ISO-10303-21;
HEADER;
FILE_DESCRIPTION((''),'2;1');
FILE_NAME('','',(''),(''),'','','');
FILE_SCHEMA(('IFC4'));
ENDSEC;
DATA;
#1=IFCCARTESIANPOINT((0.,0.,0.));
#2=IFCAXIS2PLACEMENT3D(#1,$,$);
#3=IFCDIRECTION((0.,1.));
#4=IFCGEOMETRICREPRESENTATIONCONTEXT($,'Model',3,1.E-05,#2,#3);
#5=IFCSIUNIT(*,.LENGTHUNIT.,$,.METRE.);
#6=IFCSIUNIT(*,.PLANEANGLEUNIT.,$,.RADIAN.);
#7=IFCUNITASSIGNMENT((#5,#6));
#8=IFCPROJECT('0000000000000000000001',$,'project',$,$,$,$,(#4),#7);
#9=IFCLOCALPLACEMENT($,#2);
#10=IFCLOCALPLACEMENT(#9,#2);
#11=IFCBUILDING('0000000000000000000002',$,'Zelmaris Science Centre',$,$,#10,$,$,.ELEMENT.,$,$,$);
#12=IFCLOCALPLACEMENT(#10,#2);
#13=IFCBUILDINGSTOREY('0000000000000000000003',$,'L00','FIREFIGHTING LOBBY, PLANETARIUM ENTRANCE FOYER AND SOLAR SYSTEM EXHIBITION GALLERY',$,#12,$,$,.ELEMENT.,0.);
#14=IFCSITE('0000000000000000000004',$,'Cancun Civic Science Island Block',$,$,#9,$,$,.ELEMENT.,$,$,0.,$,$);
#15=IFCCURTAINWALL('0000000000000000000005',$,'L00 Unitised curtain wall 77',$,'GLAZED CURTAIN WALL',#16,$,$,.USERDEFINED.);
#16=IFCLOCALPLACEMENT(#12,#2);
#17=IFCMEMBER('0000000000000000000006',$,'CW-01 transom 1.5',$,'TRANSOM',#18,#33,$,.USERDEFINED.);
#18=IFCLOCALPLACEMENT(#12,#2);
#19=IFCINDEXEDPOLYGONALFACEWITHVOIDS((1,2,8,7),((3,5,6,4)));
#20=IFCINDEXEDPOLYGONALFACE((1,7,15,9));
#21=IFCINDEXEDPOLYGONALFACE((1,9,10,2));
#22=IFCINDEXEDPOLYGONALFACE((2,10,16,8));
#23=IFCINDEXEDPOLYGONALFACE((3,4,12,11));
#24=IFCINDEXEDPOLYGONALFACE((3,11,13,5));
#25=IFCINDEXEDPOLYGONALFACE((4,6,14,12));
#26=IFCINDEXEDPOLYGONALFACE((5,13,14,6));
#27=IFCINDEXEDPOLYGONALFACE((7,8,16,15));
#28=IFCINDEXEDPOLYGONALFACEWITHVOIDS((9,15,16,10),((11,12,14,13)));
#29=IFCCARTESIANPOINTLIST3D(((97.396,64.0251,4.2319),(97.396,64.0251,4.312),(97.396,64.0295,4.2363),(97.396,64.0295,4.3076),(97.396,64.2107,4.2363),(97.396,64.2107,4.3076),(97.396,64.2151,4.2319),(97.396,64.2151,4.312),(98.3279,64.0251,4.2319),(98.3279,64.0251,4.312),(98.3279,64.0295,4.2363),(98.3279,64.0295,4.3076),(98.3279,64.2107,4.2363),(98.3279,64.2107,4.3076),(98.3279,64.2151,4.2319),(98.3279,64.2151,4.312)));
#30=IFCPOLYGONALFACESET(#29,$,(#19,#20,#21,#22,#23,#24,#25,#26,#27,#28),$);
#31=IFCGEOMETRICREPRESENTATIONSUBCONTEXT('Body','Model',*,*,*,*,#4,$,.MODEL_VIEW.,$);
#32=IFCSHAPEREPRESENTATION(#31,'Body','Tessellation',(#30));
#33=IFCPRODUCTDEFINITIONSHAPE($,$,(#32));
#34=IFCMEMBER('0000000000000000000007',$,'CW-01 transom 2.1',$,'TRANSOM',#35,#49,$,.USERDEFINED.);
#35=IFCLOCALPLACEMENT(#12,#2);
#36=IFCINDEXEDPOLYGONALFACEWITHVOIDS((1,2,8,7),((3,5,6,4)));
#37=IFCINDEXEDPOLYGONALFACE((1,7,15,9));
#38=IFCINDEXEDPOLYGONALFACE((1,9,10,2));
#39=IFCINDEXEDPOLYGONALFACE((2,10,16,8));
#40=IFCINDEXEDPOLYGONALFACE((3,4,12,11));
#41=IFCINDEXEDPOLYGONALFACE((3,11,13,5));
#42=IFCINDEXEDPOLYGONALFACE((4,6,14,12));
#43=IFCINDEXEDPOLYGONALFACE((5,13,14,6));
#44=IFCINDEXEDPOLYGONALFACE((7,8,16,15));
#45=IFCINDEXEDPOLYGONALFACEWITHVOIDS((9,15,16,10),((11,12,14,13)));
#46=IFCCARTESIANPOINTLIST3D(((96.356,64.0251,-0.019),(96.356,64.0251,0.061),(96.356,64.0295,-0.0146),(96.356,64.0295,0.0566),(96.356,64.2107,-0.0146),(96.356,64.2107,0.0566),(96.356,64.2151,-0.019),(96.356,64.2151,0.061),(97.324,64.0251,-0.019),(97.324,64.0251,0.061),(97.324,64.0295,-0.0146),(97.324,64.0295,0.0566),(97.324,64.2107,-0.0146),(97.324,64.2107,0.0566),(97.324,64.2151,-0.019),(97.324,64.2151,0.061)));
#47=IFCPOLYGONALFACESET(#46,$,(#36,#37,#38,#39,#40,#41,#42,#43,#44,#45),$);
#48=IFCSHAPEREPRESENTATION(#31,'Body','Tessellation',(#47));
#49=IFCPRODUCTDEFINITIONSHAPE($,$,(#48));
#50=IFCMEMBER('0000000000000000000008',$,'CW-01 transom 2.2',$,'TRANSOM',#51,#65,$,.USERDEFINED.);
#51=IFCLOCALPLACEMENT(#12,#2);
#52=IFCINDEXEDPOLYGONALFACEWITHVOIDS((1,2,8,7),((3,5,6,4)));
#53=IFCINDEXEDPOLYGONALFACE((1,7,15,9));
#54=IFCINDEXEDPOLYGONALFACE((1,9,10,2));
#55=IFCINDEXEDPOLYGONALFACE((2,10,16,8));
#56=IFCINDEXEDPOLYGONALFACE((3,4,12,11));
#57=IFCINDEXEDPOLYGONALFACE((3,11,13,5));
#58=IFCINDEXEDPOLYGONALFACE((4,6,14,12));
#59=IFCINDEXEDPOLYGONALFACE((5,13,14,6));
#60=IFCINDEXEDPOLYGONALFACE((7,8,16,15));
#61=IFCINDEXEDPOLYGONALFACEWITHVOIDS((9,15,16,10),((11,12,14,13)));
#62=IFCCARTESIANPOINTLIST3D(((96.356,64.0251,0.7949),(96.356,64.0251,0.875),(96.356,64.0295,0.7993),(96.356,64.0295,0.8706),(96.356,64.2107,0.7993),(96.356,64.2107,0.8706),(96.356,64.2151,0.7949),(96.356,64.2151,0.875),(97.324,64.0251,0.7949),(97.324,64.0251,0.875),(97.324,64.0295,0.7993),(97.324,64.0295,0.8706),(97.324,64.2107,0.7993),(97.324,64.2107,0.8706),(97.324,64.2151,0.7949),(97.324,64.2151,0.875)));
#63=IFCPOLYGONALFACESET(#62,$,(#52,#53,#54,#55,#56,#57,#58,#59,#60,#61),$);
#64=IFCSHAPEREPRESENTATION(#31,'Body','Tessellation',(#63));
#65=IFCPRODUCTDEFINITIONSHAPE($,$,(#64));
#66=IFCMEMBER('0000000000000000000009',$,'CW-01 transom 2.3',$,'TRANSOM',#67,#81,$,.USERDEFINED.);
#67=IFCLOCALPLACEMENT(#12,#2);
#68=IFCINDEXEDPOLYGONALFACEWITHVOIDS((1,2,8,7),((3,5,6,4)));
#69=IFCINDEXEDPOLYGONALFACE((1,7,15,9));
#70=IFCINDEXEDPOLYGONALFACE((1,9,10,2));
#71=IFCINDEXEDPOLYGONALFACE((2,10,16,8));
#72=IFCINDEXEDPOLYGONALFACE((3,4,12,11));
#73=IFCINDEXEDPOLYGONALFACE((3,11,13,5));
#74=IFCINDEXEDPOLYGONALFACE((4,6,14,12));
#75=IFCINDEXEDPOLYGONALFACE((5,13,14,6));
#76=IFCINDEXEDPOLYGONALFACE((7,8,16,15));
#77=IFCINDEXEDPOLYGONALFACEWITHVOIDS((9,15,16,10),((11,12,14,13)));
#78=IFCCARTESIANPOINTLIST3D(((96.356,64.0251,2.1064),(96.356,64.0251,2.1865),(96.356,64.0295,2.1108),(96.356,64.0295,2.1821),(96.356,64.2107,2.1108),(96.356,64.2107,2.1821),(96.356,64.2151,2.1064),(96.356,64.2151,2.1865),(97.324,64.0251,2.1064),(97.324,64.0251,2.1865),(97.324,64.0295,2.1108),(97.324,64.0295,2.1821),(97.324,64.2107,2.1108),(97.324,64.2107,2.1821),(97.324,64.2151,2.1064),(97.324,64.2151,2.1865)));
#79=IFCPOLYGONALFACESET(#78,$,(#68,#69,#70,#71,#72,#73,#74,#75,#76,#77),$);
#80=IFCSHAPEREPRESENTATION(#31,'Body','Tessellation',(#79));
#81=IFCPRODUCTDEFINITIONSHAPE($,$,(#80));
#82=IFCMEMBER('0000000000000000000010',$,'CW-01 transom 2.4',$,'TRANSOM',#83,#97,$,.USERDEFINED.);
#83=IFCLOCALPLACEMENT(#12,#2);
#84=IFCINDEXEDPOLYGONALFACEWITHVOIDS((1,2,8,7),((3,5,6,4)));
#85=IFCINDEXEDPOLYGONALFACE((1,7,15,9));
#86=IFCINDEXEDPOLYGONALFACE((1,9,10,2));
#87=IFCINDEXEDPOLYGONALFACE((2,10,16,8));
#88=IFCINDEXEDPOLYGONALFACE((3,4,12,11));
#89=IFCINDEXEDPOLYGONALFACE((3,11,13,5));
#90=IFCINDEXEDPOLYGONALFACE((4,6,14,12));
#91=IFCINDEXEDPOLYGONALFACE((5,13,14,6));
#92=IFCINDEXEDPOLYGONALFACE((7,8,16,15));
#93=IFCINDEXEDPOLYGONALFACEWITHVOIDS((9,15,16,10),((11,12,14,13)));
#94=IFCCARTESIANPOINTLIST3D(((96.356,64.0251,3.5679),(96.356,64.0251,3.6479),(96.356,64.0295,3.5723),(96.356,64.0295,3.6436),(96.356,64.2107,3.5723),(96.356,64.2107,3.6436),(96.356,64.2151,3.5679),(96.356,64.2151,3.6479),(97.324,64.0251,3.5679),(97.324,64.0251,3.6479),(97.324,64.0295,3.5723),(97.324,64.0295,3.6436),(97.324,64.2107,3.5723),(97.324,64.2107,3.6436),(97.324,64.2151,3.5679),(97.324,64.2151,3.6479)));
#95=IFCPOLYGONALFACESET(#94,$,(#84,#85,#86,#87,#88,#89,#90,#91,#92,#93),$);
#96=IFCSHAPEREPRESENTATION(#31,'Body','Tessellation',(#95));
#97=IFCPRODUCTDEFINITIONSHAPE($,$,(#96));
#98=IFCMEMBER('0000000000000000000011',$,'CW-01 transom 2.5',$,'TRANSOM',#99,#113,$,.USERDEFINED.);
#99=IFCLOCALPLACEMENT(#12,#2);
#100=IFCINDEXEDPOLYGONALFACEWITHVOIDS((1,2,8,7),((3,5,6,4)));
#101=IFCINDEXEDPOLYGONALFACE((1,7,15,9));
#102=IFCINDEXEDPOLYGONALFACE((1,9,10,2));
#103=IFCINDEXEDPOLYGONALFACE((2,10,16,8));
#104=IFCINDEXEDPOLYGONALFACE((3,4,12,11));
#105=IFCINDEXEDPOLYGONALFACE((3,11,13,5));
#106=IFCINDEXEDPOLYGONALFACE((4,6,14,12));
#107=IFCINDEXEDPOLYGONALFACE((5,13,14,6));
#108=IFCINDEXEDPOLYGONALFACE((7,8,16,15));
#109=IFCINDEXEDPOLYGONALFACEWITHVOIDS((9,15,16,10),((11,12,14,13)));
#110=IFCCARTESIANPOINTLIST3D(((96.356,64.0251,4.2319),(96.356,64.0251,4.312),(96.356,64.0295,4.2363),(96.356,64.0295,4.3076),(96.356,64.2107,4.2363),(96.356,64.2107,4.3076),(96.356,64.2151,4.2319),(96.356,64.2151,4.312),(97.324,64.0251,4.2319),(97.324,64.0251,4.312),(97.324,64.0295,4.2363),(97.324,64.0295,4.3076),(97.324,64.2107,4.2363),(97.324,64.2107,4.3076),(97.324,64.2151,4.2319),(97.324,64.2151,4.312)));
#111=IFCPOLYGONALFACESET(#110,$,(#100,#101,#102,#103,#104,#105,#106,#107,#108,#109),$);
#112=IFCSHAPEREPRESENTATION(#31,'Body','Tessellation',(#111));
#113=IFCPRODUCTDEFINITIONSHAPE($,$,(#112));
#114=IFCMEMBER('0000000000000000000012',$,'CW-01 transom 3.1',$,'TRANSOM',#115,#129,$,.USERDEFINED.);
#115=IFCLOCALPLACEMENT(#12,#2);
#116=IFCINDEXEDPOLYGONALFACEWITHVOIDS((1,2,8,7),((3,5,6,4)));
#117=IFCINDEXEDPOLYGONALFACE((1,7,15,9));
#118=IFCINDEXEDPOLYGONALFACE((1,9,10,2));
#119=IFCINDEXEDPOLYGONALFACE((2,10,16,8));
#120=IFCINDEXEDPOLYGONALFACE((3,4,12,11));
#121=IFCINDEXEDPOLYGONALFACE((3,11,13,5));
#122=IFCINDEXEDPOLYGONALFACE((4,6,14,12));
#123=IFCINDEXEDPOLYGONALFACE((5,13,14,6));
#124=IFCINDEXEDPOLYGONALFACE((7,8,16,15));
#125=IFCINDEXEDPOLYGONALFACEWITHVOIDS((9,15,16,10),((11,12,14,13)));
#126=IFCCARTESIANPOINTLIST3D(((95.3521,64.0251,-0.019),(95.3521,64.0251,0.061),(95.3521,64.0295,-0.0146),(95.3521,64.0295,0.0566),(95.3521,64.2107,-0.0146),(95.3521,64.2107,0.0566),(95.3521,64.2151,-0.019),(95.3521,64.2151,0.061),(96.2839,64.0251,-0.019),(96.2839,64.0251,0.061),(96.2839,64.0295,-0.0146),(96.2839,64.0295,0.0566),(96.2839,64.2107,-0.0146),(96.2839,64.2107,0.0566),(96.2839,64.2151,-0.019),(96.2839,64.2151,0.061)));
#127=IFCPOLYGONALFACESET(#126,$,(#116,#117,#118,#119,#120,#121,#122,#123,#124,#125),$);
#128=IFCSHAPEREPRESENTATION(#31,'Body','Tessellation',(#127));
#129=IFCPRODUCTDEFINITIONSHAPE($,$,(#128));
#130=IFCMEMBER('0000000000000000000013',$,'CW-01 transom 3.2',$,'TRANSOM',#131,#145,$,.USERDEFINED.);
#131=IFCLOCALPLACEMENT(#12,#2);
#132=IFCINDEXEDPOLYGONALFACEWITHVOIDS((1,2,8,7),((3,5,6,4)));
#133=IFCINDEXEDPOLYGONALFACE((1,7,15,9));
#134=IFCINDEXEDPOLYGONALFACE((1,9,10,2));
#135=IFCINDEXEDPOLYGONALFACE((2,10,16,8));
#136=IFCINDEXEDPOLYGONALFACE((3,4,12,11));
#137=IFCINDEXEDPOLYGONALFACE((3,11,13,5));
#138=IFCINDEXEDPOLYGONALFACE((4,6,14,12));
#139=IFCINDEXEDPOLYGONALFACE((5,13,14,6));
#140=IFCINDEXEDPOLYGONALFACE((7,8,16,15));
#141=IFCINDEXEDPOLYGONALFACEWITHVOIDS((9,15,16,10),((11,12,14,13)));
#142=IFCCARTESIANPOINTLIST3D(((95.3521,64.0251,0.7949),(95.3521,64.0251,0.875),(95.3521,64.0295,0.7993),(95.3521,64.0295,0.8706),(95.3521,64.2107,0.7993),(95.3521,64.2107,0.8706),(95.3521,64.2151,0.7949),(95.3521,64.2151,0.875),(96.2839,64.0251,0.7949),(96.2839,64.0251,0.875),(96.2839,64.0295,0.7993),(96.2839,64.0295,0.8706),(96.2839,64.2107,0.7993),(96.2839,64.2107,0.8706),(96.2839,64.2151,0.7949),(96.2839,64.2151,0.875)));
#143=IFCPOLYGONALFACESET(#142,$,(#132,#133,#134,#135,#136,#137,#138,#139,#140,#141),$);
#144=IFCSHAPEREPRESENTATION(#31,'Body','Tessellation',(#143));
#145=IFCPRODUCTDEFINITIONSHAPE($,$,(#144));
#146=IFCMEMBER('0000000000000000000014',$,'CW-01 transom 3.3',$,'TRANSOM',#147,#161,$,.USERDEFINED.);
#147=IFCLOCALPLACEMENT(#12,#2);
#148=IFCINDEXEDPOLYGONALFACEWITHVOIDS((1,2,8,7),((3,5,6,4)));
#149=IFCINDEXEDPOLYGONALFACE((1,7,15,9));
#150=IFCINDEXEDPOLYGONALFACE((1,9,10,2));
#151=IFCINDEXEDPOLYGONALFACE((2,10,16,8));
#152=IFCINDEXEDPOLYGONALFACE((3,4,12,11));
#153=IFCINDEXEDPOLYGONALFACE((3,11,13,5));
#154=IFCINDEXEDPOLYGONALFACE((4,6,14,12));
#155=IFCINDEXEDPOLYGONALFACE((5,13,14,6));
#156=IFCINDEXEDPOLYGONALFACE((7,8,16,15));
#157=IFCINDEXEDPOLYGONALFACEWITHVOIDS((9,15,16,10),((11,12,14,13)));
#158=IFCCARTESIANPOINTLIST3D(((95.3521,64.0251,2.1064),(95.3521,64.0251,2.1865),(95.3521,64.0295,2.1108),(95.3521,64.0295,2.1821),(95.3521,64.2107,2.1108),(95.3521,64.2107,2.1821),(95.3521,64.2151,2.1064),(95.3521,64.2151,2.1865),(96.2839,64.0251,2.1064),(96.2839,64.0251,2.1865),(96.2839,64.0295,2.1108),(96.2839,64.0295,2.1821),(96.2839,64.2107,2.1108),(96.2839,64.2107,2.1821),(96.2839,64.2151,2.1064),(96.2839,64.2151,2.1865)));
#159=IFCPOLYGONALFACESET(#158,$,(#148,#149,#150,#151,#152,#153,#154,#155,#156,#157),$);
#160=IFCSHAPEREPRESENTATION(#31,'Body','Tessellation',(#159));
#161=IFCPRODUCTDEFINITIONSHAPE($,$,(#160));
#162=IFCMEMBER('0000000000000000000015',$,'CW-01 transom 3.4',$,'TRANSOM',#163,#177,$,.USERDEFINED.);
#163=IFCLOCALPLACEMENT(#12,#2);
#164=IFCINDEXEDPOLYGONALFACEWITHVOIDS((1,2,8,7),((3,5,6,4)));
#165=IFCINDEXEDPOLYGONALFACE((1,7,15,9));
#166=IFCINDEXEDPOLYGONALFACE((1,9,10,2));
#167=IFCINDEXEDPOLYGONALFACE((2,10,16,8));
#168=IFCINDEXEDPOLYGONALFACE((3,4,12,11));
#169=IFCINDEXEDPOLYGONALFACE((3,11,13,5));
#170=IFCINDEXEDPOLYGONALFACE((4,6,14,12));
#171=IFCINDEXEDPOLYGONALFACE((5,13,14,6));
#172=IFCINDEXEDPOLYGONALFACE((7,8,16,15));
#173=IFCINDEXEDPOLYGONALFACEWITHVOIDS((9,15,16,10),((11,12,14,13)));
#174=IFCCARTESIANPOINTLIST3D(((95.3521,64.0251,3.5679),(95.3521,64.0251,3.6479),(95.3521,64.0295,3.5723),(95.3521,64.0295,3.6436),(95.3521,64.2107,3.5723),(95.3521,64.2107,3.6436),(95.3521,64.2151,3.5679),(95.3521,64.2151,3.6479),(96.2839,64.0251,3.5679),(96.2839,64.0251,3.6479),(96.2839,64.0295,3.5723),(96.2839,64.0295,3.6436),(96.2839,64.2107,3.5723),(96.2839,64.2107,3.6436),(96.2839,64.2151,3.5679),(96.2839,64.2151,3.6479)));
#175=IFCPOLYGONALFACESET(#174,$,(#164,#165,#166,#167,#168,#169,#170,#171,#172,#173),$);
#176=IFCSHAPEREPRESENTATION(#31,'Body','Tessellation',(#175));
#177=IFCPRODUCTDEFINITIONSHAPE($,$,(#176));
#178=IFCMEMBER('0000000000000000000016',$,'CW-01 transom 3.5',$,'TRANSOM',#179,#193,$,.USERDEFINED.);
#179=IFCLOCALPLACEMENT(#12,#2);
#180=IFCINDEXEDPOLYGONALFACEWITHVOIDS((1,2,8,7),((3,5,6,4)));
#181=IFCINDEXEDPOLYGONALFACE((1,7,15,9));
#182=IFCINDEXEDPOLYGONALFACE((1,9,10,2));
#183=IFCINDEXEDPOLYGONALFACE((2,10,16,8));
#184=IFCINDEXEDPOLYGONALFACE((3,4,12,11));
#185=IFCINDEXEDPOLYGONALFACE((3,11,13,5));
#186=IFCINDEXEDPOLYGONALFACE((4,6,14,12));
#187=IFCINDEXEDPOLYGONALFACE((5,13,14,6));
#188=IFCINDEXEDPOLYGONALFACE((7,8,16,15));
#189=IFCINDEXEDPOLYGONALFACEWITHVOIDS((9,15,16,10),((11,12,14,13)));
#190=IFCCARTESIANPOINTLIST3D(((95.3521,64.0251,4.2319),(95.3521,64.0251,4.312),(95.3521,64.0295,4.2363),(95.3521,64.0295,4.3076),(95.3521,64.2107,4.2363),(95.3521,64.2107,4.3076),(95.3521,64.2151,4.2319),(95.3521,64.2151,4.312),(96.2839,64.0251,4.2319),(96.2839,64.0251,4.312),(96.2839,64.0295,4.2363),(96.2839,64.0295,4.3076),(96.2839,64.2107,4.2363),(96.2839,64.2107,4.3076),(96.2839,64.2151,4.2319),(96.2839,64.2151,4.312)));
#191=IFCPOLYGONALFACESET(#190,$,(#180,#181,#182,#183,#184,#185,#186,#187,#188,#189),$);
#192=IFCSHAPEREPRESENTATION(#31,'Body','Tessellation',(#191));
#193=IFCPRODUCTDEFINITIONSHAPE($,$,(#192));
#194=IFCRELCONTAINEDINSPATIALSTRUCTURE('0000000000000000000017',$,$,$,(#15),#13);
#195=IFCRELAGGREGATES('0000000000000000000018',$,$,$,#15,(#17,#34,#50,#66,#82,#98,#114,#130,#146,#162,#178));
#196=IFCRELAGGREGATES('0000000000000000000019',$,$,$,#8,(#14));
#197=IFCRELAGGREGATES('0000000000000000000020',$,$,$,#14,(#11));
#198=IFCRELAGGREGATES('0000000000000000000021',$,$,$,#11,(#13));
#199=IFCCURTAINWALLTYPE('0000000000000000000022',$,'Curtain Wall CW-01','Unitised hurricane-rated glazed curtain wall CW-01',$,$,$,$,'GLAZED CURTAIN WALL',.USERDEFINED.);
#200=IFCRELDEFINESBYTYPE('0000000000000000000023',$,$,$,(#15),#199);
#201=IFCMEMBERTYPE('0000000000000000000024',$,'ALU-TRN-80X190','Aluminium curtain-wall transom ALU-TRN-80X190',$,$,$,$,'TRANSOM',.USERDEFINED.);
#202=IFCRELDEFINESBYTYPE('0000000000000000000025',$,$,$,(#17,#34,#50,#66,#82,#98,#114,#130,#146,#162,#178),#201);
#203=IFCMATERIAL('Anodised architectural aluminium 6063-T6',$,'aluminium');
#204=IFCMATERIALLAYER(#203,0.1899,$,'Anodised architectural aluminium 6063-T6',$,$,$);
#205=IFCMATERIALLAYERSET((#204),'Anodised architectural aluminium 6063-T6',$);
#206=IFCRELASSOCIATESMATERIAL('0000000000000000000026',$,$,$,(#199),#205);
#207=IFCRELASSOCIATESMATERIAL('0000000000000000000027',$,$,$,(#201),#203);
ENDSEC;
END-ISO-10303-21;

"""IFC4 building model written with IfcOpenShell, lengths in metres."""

from ifc_helpers import new_model, si_unit, direction, frame, origin, origin_2d, place, context, subcontext, project, spatial, hollow_rectangle, extrude, material, layer, layer_set, material_profile, profile_set, type_object, element, aggregate, save


model = new_model("IFC4")

# Units and contexts
model_context = context("Model", 3, precision=1e-05, world=origin(), true_north=direction((0.0, 1.0)))
body_context = subcontext(model_context, "Body", "Model", "MODEL_VIEW")
ifc_project = project(units=[si_unit("LENGTHUNIT", "METRE"), si_unit("PLANEANGLEUNIT", "RADIAN")], contexts=[model_context])

# Site, building, storey
site_placement = place(None, origin())
site = spatial("IfcSite", under=ifc_project, at=site_placement, Name="Cancun Civic Science Island Block", CompositionType="ELEMENT", RefElevation=0.0)
building_placement = place(site_placement, origin())
building = spatial("IfcBuilding", under=site, at=building_placement, Name="Zelmaris Science Centre", CompositionType="ELEMENT")
storey_placement = place(building_placement, origin())
storey = spatial("IfcBuildingStorey", under=building, at=storey_placement, Name="L00", Description="FIREFIGHTING LOBBY, PLANETARIUM ENTRANCE FOYER AND SOLAR SYSTEM EXHIBITION GALLERY", CompositionType="ELEMENT", Elevation=0.0)

# Curtain wall, members
ifc_material_1 = material(Name="Anodised architectural aluminium 6063-T6", Category="aluminium")
ifc_layer_1 = layer(ifc_material_1, 0.1899, Name="Anodised architectural aluminium 6063-T6")
ifc_layer_set_1 = layer_set([ifc_layer_1], Name="Anodised architectural aluminium 6063-T6")
curtain_wall_type = type_object("IfcCurtainWallType", Name="Curtain Wall CW-01", Description="Unitised hurricane-rated glazed curtain wall CW-01", ElementType="GLAZED CURTAIN WALL", PredefinedType="USERDEFINED", material=ifc_layer_set_1)
curtain_wall_placement = place(storey_placement, origin())
curtain_wall = element("IfcCurtainWall", 1, at=curtain_wall_placement, inside=storey, type_object=curtain_wall_type, Name="L00 Unitised curtain wall 77", ObjectType="GLAZED CURTAIN WALL", PredefinedType="USERDEFINED")
ifc_material_profile_1 = material_profile(ifc_material_1, hollow_rectangle(XDim=0.0801, YDim=0.1899, WallThickness=0.0044, at=origin_2d()), Name="ALU-TRN-80X190")
ifc_profile_set_1 = profile_set([ifc_material_profile_1], Name="Anodised architectural aluminium 6063-T6")
member_type_1 = type_object("IfcMemberType", Name="ALU-TRN-80X190", Description="Aluminium curtain-wall transom ALU-TRN-80X190", ElementType="TRANSOM", PredefinedType="USERDEFINED", material=ifc_profile_set_1)
member_1_placement = place(storey_placement, frame((98.3279, 64.1201, 4.272), z_axis=(-1.0, 0.0, 0.0), x_axis=(0.0, 0.0, 1.0)))
member_1 = element("IfcMember", 2, at=member_1_placement, type_object=member_type_1, Name="CW-01 transom 1.5", ObjectType="TRANSOM", PredefinedType="USERDEFINED", context=body_context, shape_type="SweptSolid", body=[
    extrude(hollow_rectangle(XDim=0.0801, YDim=0.1899, WallThickness=0.0044, at=origin_2d()), origin(), (0.0, 0.0, 1.0), 0.9319),
])
member_2_placement = place(storey_placement, frame((97.324, 64.1201, 0.021), z_axis=(-1.0, 0.0, 0.0), x_axis=(0.0, 0.0, 1.0)))
member_2 = element("IfcMember", 3, at=member_2_placement, type_object=member_type_1, Name="CW-01 transom 2.1", ObjectType="TRANSOM", PredefinedType="USERDEFINED", context=body_context, shape_type="SweptSolid", body=[
    extrude(hollow_rectangle(XDim=0.0801, YDim=0.1899, WallThickness=0.0044, at=origin_2d()), origin(), (0.0, 0.0, 1.0), 0.968),
])
member_3_placement = place(storey_placement, frame((97.324, 64.1201, 0.835), z_axis=(-1.0, 0.0, 0.0), x_axis=(0.0, 0.0, 1.0)))
member_3 = element("IfcMember", 4, at=member_3_placement, type_object=member_type_1, Name="CW-01 transom 2.2", ObjectType="TRANSOM", PredefinedType="USERDEFINED", context=body_context, shape_type="SweptSolid", body=[
    extrude(hollow_rectangle(XDim=0.0801, YDim=0.1899, WallThickness=0.0044, at=origin_2d()), origin(), (0.0, 0.0, 1.0), 0.968),
])
member_4_placement = place(storey_placement, frame((97.324, 64.1201, 2.1465), z_axis=(-1.0, 0.0, 0.0), x_axis=(0.0, 0.0, 1.0)))
member_4 = element("IfcMember", 5, at=member_4_placement, type_object=member_type_1, Name="CW-01 transom 2.3", ObjectType="TRANSOM", PredefinedType="USERDEFINED", context=body_context, shape_type="SweptSolid", body=[
    extrude(hollow_rectangle(XDim=0.0801, YDim=0.1899, WallThickness=0.0044, at=origin_2d()), origin(), (0.0, 0.0, 1.0), 0.968),
])
member_5_placement = place(storey_placement, frame((97.324, 64.1201, 3.6079), z_axis=(-1.0, 0.0, 0.0), x_axis=(0.0, 0.0, 1.0)))
member_5 = element("IfcMember", 6, at=member_5_placement, type_object=member_type_1, Name="CW-01 transom 2.4", ObjectType="TRANSOM", PredefinedType="USERDEFINED", context=body_context, shape_type="SweptSolid", body=[
    extrude(hollow_rectangle(XDim=0.0801, YDim=0.1899, WallThickness=0.0044, at=origin_2d()), origin(), (0.0, 0.0, 1.0), 0.968),
])
member_6_placement = place(storey_placement, frame((97.324, 64.1201, 4.272), z_axis=(-1.0, 0.0, 0.0), x_axis=(0.0, 0.0, 1.0)))
member_6 = element("IfcMember", 7, at=member_6_placement, type_object=member_type_1, Name="CW-01 transom 2.5", ObjectType="TRANSOM", PredefinedType="USERDEFINED", context=body_context, shape_type="SweptSolid", body=[
    extrude(hollow_rectangle(XDim=0.0801, YDim=0.1899, WallThickness=0.0044, at=origin_2d()), origin(), (0.0, 0.0, 1.0), 0.968),
])
member_7_placement = place(storey_placement, frame((96.2839, 64.1201, 0.021), z_axis=(-1.0, 0.0, 0.0), x_axis=(0.0, 0.0, 1.0)))
member_7 = element("IfcMember", 8, at=member_7_placement, type_object=member_type_1, Name="CW-01 transom 3.1", ObjectType="TRANSOM", PredefinedType="USERDEFINED", context=body_context, shape_type="SweptSolid", body=[
    extrude(hollow_rectangle(XDim=0.0801, YDim=0.1899, WallThickness=0.0044, at=origin_2d()), origin(), (0.0, 0.0, 1.0), 0.9319),
])
member_8_placement = place(storey_placement, frame((96.2839, 64.1201, 0.835), z_axis=(-1.0, 0.0, 0.0), x_axis=(0.0, 0.0, 1.0)))
member_8 = element("IfcMember", 9, at=member_8_placement, type_object=member_type_1, Name="CW-01 transom 3.2", ObjectType="TRANSOM", PredefinedType="USERDEFINED", context=body_context, shape_type="SweptSolid", body=[
    extrude(hollow_rectangle(XDim=0.0801, YDim=0.1899, WallThickness=0.0044, at=origin_2d()), origin(), (0.0, 0.0, 1.0), 0.9319),
])
member_9_placement = place(storey_placement, frame((96.2839, 64.1201, 2.1465), z_axis=(-1.0, 0.0, 0.0), x_axis=(0.0, 0.0, 1.0)))
member_9 = element("IfcMember", 10, at=member_9_placement, type_object=member_type_1, Name="CW-01 transom 3.3", ObjectType="TRANSOM", PredefinedType="USERDEFINED", context=body_context, shape_type="SweptSolid", body=[
    extrude(hollow_rectangle(XDim=0.0801, YDim=0.1899, WallThickness=0.0044, at=origin_2d()), origin(), (0.0, 0.0, 1.0), 0.9319),
])
member_10_placement = place(storey_placement, frame((96.2839, 64.1201, 3.6079), z_axis=(-1.0, 0.0, 0.0), x_axis=(0.0, 0.0, 1.0)))
member_10 = element("IfcMember", 11, at=member_10_placement, type_object=member_type_1, Name="CW-01 transom 3.4", ObjectType="TRANSOM", PredefinedType="USERDEFINED", context=body_context, shape_type="SweptSolid", body=[
    extrude(hollow_rectangle(XDim=0.0801, YDim=0.1899, WallThickness=0.0044, at=origin_2d()), origin(), (0.0, 0.0, 1.0), 0.9319),
])
member_11_placement = place(storey_placement, frame((96.2839, 64.1201, 4.272), z_axis=(-1.0, 0.0, 0.0), x_axis=(0.0, 0.0, 1.0)))
member_11 = element("IfcMember", 12, at=member_11_placement, type_object=member_type_1, Name="CW-01 transom 3.5", ObjectType="TRANSOM", PredefinedType="USERDEFINED", context=body_context, shape_type="SweptSolid", body=[
    extrude(hollow_rectangle(XDim=0.0801, YDim=0.1899, WallThickness=0.0044, at=origin_2d()), origin(), (0.0, 0.0, 1.0), 0.9319),
])

aggregate(curtain_wall, [member_1, member_2, member_3, member_4, member_5, member_6, member_7, member_8, member_9, member_10, member_11])

save(model, "model.ifc")
